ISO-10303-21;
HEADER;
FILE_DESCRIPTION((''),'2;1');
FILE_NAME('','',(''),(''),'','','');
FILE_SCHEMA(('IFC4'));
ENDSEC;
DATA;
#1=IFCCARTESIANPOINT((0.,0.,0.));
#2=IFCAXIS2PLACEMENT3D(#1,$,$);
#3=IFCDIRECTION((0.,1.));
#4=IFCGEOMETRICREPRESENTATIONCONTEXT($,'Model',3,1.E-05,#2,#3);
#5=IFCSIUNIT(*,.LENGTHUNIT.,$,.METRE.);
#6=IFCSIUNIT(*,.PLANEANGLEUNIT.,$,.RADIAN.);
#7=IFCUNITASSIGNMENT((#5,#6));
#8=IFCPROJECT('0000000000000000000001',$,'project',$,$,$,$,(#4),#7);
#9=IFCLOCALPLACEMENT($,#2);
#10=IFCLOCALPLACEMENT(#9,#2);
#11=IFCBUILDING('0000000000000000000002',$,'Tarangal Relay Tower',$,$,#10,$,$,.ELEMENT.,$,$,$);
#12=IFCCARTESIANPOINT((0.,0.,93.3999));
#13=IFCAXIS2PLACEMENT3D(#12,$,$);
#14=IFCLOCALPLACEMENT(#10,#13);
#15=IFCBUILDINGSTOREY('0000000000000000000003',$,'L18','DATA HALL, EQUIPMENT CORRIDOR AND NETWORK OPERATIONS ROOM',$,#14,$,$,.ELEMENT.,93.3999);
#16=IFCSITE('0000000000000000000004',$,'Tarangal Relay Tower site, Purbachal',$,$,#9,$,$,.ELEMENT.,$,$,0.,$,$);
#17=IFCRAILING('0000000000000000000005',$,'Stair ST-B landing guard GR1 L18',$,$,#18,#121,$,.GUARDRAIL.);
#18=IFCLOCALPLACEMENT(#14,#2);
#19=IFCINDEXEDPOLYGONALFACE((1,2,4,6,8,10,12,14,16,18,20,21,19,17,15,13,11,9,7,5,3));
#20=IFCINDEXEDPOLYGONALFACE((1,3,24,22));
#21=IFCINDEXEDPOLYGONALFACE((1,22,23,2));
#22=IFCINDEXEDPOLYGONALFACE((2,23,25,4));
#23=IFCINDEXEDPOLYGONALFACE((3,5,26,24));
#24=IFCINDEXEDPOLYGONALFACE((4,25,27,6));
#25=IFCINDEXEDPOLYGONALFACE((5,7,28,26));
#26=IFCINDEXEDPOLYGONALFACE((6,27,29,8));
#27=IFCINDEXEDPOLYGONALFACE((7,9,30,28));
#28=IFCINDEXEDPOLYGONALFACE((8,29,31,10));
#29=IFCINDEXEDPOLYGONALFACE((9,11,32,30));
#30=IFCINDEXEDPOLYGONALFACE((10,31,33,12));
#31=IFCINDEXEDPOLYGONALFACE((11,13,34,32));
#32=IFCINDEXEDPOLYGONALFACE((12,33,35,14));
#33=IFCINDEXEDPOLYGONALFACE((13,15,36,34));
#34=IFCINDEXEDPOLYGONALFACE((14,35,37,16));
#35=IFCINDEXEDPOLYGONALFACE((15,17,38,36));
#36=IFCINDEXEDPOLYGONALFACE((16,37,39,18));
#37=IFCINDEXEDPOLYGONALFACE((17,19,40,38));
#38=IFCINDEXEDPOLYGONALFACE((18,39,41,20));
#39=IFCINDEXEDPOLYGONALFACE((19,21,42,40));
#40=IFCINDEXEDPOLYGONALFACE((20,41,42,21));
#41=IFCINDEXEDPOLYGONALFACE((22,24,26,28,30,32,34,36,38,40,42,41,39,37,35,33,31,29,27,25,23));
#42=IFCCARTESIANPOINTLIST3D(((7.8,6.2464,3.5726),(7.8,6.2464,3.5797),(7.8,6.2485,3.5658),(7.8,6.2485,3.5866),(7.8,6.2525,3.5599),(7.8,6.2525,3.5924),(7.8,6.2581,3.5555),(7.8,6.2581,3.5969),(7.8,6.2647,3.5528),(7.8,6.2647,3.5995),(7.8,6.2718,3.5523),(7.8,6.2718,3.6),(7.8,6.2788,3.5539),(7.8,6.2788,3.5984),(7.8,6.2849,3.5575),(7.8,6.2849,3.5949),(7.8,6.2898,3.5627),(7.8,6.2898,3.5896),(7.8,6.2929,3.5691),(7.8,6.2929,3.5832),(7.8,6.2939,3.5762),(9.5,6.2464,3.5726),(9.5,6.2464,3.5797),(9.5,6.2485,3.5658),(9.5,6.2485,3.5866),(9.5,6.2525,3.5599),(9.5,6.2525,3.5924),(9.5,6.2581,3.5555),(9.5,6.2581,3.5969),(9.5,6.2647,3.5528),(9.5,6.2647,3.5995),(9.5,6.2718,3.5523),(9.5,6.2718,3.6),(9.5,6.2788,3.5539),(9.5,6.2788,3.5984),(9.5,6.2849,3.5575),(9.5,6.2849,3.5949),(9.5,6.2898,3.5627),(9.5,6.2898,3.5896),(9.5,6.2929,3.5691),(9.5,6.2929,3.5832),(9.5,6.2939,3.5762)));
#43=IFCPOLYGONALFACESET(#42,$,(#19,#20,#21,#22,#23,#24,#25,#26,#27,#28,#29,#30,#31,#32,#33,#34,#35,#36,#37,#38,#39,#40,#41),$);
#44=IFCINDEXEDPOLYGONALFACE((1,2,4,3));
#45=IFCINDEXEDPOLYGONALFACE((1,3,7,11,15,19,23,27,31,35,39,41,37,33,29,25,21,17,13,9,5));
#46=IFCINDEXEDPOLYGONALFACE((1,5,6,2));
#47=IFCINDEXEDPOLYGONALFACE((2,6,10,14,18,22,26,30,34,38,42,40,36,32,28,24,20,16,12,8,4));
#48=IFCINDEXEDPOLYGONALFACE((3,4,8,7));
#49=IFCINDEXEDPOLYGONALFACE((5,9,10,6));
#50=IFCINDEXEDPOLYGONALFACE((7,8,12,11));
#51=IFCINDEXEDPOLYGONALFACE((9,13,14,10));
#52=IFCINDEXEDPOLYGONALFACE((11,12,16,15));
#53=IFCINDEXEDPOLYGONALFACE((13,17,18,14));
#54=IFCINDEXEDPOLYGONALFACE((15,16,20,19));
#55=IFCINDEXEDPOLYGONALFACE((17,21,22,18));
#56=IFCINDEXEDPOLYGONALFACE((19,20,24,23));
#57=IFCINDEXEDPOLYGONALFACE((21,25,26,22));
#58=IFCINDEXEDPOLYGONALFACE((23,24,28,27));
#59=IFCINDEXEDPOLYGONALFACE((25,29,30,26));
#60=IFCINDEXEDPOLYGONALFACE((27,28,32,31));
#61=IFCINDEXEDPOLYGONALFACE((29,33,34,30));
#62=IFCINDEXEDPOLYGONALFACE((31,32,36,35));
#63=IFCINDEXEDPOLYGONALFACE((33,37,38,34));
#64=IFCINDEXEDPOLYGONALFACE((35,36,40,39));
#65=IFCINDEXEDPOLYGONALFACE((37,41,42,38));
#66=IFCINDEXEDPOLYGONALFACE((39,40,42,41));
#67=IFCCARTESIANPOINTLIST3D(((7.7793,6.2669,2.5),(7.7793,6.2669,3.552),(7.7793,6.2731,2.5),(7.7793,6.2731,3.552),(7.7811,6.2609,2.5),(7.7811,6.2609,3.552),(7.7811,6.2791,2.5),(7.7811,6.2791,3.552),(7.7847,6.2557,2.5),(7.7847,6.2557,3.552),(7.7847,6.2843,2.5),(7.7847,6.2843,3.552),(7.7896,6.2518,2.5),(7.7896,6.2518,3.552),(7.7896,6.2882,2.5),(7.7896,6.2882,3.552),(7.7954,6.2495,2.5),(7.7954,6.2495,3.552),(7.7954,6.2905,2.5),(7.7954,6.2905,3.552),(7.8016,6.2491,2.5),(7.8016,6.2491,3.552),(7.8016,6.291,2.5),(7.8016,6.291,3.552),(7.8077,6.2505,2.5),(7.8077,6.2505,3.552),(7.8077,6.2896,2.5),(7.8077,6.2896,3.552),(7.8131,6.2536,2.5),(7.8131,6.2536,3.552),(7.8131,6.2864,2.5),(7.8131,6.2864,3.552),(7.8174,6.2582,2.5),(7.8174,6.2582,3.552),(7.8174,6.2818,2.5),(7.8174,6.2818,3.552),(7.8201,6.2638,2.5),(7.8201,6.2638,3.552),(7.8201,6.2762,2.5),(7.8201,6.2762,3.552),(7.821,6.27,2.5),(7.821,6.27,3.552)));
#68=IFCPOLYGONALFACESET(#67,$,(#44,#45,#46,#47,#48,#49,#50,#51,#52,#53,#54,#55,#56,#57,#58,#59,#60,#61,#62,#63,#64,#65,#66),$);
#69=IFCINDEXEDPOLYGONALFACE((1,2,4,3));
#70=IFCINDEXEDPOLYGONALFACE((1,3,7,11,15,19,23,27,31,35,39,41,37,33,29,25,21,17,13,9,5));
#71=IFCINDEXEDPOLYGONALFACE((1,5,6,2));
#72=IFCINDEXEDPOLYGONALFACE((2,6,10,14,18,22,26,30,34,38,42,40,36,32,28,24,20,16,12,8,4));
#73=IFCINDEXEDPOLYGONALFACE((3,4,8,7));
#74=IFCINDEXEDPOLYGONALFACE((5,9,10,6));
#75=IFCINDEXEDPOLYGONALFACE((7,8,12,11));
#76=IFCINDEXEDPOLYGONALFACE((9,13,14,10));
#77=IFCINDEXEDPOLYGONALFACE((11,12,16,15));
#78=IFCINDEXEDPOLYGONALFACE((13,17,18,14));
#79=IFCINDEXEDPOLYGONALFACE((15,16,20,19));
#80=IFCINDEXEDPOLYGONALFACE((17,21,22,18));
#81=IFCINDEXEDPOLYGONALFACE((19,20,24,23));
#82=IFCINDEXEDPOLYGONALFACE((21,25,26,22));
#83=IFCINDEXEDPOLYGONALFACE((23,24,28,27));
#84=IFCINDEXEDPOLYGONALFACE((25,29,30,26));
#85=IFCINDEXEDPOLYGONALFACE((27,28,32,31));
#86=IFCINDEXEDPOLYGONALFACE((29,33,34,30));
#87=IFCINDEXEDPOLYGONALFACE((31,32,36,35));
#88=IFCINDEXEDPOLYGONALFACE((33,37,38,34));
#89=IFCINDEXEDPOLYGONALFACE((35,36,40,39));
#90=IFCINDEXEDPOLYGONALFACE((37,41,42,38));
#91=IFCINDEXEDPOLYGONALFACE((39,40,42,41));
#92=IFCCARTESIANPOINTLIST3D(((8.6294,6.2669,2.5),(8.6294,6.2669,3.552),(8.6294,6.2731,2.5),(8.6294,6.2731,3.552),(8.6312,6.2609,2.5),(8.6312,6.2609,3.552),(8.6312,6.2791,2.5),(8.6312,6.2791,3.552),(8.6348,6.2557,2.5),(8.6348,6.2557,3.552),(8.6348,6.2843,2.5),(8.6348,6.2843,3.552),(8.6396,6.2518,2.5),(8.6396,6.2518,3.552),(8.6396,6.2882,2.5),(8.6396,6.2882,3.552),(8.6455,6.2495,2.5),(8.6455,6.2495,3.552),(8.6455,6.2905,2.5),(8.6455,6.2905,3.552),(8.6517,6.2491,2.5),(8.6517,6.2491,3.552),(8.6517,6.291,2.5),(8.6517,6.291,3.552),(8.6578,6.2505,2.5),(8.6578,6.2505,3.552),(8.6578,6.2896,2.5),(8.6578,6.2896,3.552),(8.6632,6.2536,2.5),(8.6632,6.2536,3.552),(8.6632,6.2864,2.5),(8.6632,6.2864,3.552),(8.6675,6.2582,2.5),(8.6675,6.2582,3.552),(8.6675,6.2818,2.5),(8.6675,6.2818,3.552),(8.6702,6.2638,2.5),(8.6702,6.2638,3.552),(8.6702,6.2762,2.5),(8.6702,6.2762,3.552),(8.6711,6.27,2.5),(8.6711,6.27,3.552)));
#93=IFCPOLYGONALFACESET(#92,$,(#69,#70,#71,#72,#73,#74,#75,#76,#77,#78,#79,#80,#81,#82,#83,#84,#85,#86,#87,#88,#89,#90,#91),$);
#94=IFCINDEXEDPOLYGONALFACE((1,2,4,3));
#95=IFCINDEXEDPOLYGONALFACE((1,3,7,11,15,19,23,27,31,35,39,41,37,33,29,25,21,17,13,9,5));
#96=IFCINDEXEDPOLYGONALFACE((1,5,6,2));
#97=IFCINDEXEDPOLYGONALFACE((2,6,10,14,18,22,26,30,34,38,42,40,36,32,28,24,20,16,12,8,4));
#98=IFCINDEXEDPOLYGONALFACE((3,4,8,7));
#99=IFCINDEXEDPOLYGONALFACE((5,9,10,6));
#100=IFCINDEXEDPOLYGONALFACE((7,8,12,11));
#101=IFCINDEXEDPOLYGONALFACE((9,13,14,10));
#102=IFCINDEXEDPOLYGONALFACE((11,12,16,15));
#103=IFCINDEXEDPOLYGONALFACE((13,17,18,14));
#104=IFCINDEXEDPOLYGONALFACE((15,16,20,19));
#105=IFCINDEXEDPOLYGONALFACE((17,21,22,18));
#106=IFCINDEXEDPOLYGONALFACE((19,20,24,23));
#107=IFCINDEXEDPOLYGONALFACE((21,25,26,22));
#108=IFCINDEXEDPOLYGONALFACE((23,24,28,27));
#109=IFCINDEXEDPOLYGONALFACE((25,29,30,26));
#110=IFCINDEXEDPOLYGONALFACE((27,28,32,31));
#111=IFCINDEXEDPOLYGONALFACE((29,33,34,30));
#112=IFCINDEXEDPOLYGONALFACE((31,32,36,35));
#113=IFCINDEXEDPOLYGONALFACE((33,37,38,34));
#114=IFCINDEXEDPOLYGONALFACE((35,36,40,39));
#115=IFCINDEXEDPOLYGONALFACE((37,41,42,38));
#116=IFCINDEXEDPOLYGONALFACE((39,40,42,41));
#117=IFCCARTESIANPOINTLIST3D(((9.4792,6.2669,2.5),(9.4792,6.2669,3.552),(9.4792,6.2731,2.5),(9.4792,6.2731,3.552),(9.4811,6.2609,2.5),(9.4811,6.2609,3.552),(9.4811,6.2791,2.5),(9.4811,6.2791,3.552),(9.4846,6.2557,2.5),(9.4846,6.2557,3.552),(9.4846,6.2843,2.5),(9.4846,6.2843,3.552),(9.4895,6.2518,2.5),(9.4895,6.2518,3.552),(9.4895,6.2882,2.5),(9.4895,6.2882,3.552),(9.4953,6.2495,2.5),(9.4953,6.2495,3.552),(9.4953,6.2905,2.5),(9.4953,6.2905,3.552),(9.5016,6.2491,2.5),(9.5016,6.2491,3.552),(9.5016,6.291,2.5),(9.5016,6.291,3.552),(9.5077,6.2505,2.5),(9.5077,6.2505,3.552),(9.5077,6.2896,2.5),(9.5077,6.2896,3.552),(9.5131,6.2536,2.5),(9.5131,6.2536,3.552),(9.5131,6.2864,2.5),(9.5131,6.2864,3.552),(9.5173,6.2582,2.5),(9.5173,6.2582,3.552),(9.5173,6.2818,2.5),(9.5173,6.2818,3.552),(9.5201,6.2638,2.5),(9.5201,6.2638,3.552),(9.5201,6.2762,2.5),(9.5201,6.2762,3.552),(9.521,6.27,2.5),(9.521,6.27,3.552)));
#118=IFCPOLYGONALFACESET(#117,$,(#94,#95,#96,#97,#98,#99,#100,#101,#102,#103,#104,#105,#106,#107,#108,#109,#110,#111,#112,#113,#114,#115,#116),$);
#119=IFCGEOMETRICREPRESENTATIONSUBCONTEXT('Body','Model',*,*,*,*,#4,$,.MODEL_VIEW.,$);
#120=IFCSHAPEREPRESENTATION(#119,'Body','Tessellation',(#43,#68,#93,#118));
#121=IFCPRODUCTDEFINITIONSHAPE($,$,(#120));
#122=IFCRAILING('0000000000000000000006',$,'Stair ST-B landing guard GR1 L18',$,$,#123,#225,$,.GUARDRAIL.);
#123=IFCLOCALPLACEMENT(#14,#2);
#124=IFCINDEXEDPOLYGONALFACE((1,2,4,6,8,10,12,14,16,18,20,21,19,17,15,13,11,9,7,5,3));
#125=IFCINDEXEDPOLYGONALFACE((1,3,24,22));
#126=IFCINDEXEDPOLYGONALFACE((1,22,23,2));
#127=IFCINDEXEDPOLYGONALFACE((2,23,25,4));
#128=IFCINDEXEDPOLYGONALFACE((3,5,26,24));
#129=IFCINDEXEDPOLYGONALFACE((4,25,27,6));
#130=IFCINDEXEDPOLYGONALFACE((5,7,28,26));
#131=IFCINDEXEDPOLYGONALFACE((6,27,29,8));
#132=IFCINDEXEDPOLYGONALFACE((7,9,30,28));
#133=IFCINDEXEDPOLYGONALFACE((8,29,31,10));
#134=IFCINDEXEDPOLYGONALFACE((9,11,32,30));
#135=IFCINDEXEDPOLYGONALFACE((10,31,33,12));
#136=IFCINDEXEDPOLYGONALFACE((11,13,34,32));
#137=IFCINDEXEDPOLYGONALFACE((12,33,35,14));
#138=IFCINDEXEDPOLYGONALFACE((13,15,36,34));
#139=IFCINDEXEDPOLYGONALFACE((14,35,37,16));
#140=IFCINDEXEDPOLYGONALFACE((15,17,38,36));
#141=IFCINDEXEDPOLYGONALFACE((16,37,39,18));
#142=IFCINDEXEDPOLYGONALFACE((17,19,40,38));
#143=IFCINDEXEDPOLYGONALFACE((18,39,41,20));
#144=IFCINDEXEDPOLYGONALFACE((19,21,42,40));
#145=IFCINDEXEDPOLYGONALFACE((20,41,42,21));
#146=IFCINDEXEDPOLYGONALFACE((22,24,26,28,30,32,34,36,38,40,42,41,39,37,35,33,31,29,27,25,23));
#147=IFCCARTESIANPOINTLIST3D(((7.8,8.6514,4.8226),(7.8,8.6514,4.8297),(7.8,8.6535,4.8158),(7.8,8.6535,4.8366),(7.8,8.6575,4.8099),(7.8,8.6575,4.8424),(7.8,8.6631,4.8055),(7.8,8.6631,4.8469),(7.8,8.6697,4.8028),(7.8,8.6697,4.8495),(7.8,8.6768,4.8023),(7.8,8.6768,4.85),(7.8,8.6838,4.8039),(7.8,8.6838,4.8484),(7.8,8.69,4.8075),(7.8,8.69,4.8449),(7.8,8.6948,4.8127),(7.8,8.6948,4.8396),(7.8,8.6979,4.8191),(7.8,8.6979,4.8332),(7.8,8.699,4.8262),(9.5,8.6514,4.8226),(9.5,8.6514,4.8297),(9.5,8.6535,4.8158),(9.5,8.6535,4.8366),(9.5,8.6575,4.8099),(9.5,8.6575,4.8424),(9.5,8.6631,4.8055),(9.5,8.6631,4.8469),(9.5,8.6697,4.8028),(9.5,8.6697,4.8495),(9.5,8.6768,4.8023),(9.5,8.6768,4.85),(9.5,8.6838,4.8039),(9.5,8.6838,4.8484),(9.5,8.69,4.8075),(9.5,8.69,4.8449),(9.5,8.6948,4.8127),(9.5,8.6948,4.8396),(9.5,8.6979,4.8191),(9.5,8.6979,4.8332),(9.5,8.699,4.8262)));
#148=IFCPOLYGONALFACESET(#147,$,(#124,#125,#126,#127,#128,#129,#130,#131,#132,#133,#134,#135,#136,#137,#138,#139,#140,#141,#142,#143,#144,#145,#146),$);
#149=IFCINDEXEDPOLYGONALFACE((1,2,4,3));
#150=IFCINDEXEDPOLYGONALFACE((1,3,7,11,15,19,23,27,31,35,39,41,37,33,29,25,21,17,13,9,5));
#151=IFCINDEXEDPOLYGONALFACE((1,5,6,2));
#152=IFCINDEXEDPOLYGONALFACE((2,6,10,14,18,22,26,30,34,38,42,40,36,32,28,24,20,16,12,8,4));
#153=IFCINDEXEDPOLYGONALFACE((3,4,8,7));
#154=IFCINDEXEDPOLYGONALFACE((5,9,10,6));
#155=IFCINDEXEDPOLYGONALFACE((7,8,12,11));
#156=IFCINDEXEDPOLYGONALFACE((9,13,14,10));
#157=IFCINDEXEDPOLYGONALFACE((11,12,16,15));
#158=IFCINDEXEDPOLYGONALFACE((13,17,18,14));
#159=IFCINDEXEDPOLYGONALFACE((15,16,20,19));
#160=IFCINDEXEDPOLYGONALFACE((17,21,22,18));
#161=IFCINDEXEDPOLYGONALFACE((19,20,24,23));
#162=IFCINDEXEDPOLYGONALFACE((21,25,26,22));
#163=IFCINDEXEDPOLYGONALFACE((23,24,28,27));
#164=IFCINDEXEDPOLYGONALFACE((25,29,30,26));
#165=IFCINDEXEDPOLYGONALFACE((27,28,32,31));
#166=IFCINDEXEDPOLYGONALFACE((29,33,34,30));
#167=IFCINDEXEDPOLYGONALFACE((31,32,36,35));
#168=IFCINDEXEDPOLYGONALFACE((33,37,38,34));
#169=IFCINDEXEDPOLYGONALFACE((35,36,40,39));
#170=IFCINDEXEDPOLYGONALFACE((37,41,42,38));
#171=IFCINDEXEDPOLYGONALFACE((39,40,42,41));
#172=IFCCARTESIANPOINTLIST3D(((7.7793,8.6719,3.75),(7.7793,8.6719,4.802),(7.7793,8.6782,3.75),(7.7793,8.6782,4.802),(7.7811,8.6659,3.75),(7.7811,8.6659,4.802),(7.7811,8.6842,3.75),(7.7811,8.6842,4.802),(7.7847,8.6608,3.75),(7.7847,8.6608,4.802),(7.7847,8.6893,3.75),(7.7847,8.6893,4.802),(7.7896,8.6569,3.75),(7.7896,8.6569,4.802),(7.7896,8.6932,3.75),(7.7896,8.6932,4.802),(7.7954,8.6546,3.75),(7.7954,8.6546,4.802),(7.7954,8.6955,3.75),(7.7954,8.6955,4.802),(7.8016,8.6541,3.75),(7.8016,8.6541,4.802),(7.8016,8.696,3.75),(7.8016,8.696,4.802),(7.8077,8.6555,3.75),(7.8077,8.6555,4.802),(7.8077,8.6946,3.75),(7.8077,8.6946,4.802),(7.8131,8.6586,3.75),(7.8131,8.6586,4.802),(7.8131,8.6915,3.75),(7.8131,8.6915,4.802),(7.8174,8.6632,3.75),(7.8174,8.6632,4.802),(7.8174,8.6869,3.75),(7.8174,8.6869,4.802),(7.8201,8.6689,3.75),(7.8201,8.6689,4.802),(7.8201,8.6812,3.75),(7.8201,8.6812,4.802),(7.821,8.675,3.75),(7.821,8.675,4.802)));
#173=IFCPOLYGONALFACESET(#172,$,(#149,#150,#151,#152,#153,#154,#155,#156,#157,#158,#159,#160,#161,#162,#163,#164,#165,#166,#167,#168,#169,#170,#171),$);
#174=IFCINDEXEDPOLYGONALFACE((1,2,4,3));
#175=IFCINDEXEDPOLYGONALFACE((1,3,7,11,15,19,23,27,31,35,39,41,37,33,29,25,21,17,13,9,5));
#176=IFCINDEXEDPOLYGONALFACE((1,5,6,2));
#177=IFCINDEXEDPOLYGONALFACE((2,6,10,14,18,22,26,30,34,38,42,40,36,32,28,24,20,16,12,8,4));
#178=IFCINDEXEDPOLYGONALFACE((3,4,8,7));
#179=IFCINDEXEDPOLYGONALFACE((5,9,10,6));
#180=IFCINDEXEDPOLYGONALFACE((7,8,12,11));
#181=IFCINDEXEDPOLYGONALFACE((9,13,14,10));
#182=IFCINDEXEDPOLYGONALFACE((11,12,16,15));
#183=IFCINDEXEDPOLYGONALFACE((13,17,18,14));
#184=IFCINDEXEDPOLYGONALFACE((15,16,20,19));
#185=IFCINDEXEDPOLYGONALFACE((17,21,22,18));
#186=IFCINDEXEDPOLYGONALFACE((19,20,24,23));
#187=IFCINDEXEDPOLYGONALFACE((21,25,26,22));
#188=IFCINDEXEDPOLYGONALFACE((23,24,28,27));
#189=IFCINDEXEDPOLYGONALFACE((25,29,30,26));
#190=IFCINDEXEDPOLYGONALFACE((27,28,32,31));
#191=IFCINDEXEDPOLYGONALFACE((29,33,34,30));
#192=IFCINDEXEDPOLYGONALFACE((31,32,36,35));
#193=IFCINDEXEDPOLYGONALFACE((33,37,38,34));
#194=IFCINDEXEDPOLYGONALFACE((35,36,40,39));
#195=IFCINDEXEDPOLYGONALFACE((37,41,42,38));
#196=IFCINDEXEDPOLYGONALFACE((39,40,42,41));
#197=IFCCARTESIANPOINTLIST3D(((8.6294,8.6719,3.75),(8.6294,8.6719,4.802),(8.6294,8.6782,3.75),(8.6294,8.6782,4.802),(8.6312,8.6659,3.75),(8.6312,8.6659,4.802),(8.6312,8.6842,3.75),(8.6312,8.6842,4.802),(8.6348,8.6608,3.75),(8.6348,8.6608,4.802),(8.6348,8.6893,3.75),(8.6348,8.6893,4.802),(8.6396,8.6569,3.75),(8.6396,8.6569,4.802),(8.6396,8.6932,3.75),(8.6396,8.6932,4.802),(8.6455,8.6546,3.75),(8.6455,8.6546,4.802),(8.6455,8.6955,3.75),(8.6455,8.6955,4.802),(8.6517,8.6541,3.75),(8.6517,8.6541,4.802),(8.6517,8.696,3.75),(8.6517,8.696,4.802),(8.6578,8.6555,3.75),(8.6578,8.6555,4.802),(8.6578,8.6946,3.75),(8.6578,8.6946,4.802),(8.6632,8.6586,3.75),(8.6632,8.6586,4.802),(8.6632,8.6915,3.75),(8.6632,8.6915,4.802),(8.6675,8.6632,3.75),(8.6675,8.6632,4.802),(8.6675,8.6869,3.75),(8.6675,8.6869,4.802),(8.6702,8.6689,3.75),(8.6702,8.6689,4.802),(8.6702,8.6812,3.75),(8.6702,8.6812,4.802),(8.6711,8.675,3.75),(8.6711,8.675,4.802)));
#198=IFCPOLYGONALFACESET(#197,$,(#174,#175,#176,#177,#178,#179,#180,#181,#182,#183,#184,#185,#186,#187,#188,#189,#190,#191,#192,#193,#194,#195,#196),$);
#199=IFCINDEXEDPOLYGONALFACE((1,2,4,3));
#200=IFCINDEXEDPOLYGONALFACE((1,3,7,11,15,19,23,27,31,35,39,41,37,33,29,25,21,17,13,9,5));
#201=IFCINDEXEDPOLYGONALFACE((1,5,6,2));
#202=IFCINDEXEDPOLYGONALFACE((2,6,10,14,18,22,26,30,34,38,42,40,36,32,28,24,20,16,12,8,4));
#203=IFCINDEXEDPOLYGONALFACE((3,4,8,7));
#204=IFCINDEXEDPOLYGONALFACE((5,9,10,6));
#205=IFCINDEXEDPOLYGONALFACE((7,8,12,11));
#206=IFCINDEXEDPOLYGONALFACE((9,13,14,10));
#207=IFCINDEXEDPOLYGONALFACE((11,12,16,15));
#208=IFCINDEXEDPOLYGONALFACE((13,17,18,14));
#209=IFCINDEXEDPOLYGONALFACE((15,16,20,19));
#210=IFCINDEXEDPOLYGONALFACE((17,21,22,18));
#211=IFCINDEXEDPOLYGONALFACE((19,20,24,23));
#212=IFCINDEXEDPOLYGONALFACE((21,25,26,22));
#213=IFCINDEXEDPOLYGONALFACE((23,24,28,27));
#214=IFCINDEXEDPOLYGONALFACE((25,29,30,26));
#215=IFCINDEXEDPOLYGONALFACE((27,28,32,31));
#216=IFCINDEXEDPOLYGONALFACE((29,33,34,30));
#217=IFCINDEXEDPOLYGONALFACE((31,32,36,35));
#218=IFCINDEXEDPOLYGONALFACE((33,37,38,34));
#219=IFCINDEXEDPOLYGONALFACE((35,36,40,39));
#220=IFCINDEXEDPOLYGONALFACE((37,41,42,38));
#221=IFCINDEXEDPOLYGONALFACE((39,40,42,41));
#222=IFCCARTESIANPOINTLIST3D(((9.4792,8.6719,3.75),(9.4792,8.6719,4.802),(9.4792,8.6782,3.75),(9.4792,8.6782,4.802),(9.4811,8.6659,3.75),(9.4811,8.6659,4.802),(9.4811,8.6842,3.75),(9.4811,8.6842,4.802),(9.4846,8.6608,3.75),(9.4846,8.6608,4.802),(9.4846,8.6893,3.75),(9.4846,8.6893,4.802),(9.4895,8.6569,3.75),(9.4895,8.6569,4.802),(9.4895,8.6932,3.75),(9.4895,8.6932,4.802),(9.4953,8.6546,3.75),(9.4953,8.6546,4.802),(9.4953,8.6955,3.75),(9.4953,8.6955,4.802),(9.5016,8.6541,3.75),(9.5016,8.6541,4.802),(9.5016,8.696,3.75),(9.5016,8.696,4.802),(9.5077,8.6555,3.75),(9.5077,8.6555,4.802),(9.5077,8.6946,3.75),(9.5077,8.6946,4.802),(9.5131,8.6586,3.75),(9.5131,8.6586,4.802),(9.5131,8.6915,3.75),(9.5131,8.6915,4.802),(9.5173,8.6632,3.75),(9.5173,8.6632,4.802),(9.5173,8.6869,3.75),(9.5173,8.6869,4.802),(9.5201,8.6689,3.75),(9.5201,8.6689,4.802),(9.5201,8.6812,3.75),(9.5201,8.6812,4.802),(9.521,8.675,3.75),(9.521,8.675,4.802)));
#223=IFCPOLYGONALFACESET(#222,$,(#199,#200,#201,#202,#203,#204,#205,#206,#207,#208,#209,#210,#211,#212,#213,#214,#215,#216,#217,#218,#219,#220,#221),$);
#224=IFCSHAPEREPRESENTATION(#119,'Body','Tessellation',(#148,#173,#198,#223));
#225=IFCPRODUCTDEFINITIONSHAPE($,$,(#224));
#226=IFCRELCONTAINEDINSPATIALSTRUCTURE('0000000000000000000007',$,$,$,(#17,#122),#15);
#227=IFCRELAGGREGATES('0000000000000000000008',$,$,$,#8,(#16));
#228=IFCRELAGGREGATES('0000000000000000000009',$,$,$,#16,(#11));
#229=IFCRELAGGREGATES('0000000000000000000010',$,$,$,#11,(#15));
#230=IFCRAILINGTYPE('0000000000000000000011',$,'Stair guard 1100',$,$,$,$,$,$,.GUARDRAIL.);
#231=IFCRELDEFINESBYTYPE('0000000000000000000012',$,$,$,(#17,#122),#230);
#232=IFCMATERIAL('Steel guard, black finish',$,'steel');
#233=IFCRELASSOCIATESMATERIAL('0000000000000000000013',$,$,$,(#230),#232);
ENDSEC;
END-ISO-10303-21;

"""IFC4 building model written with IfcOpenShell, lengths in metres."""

from ifc_helpers import new_model, si_unit, direction, frame, origin, origin_2d, place, context, subcontext, project, spatial, circle, extrude, material, type_object, element, save


model = new_model("IFC4")

# Units and contexts
model_context = context("Model", 3, precision=1e-05, world=origin(), true_north=direction((0.0, 1.0)))
body_context = subcontext(model_context, "Body", "Model", "MODEL_VIEW")
ifc_project = project(units=[si_unit("LENGTHUNIT", "METRE"), si_unit("PLANEANGLEUNIT", "RADIAN")], contexts=[model_context])

# Site, building, storey
site_placement = place(None, origin())
site = spatial("IfcSite", under=ifc_project, at=site_placement, Name="Tarangal Relay Tower site, Purbachal", CompositionType="ELEMENT", RefElevation=0.0)
building_placement = place(site_placement, origin())
building = spatial("IfcBuilding", under=site, at=building_placement, Name="Tarangal Relay Tower", CompositionType="ELEMENT")
storey_placement = place(building_placement, frame((0.0, 0.0, 93.3999)))
storey = spatial("IfcBuildingStorey", under=building, at=storey_placement, Name="L18", Description="DATA HALL, EQUIPMENT CORRIDOR AND NETWORK OPERATIONS ROOM", CompositionType="ELEMENT", Elevation=93.3999)

# Railings
ifc_material_1 = material(Name="Steel guard, black finish", Category="steel")
railing_type_1 = type_object("IfcRailingType", Name="Stair guard 1100", PredefinedType="GUARDRAIL", material=ifc_material_1)
for number, where, name in (
    (1, (7.8, 6.27, 2.5), "Stair ST-B landing guard GR1 L18"),
    (2, (7.8, 8.675, 3.75), "Stair ST-B landing guard GR1 L18"),
):
    element("IfcRailing", number, at=place(storey_placement, frame(where)), inside=storey, type_object=railing_type_1, Name=name, PredefinedType="GUARDRAIL", context=body_context, shape_type="SweptSolid", body=[
        extrude(circle(Radius=0.0239, at=origin_2d()), frame((0.0, 0.0, 1.0762), z_axis=(1.0, 0.0, 0.0), x_axis=(0.0, 1.0, 0.0)), (0.0, 0.0, 1.0), 1.7),
        extrude(circle(Radius=0.021, at=origin_2d()), origin(), (0.0, 0.0, 1.0), 1.052),
        extrude(circle(Radius=0.021, at=origin_2d()), frame((0.8501, 0.0, 0.0)), (0.0, 0.0, 1.0), 1.052),
        extrude(circle(Radius=0.021, at=origin_2d()), frame((1.7, 0.0, 0.0)), (0.0, 0.0, 1.0), 1.052),
    ])

save(model, "model.ifc")
